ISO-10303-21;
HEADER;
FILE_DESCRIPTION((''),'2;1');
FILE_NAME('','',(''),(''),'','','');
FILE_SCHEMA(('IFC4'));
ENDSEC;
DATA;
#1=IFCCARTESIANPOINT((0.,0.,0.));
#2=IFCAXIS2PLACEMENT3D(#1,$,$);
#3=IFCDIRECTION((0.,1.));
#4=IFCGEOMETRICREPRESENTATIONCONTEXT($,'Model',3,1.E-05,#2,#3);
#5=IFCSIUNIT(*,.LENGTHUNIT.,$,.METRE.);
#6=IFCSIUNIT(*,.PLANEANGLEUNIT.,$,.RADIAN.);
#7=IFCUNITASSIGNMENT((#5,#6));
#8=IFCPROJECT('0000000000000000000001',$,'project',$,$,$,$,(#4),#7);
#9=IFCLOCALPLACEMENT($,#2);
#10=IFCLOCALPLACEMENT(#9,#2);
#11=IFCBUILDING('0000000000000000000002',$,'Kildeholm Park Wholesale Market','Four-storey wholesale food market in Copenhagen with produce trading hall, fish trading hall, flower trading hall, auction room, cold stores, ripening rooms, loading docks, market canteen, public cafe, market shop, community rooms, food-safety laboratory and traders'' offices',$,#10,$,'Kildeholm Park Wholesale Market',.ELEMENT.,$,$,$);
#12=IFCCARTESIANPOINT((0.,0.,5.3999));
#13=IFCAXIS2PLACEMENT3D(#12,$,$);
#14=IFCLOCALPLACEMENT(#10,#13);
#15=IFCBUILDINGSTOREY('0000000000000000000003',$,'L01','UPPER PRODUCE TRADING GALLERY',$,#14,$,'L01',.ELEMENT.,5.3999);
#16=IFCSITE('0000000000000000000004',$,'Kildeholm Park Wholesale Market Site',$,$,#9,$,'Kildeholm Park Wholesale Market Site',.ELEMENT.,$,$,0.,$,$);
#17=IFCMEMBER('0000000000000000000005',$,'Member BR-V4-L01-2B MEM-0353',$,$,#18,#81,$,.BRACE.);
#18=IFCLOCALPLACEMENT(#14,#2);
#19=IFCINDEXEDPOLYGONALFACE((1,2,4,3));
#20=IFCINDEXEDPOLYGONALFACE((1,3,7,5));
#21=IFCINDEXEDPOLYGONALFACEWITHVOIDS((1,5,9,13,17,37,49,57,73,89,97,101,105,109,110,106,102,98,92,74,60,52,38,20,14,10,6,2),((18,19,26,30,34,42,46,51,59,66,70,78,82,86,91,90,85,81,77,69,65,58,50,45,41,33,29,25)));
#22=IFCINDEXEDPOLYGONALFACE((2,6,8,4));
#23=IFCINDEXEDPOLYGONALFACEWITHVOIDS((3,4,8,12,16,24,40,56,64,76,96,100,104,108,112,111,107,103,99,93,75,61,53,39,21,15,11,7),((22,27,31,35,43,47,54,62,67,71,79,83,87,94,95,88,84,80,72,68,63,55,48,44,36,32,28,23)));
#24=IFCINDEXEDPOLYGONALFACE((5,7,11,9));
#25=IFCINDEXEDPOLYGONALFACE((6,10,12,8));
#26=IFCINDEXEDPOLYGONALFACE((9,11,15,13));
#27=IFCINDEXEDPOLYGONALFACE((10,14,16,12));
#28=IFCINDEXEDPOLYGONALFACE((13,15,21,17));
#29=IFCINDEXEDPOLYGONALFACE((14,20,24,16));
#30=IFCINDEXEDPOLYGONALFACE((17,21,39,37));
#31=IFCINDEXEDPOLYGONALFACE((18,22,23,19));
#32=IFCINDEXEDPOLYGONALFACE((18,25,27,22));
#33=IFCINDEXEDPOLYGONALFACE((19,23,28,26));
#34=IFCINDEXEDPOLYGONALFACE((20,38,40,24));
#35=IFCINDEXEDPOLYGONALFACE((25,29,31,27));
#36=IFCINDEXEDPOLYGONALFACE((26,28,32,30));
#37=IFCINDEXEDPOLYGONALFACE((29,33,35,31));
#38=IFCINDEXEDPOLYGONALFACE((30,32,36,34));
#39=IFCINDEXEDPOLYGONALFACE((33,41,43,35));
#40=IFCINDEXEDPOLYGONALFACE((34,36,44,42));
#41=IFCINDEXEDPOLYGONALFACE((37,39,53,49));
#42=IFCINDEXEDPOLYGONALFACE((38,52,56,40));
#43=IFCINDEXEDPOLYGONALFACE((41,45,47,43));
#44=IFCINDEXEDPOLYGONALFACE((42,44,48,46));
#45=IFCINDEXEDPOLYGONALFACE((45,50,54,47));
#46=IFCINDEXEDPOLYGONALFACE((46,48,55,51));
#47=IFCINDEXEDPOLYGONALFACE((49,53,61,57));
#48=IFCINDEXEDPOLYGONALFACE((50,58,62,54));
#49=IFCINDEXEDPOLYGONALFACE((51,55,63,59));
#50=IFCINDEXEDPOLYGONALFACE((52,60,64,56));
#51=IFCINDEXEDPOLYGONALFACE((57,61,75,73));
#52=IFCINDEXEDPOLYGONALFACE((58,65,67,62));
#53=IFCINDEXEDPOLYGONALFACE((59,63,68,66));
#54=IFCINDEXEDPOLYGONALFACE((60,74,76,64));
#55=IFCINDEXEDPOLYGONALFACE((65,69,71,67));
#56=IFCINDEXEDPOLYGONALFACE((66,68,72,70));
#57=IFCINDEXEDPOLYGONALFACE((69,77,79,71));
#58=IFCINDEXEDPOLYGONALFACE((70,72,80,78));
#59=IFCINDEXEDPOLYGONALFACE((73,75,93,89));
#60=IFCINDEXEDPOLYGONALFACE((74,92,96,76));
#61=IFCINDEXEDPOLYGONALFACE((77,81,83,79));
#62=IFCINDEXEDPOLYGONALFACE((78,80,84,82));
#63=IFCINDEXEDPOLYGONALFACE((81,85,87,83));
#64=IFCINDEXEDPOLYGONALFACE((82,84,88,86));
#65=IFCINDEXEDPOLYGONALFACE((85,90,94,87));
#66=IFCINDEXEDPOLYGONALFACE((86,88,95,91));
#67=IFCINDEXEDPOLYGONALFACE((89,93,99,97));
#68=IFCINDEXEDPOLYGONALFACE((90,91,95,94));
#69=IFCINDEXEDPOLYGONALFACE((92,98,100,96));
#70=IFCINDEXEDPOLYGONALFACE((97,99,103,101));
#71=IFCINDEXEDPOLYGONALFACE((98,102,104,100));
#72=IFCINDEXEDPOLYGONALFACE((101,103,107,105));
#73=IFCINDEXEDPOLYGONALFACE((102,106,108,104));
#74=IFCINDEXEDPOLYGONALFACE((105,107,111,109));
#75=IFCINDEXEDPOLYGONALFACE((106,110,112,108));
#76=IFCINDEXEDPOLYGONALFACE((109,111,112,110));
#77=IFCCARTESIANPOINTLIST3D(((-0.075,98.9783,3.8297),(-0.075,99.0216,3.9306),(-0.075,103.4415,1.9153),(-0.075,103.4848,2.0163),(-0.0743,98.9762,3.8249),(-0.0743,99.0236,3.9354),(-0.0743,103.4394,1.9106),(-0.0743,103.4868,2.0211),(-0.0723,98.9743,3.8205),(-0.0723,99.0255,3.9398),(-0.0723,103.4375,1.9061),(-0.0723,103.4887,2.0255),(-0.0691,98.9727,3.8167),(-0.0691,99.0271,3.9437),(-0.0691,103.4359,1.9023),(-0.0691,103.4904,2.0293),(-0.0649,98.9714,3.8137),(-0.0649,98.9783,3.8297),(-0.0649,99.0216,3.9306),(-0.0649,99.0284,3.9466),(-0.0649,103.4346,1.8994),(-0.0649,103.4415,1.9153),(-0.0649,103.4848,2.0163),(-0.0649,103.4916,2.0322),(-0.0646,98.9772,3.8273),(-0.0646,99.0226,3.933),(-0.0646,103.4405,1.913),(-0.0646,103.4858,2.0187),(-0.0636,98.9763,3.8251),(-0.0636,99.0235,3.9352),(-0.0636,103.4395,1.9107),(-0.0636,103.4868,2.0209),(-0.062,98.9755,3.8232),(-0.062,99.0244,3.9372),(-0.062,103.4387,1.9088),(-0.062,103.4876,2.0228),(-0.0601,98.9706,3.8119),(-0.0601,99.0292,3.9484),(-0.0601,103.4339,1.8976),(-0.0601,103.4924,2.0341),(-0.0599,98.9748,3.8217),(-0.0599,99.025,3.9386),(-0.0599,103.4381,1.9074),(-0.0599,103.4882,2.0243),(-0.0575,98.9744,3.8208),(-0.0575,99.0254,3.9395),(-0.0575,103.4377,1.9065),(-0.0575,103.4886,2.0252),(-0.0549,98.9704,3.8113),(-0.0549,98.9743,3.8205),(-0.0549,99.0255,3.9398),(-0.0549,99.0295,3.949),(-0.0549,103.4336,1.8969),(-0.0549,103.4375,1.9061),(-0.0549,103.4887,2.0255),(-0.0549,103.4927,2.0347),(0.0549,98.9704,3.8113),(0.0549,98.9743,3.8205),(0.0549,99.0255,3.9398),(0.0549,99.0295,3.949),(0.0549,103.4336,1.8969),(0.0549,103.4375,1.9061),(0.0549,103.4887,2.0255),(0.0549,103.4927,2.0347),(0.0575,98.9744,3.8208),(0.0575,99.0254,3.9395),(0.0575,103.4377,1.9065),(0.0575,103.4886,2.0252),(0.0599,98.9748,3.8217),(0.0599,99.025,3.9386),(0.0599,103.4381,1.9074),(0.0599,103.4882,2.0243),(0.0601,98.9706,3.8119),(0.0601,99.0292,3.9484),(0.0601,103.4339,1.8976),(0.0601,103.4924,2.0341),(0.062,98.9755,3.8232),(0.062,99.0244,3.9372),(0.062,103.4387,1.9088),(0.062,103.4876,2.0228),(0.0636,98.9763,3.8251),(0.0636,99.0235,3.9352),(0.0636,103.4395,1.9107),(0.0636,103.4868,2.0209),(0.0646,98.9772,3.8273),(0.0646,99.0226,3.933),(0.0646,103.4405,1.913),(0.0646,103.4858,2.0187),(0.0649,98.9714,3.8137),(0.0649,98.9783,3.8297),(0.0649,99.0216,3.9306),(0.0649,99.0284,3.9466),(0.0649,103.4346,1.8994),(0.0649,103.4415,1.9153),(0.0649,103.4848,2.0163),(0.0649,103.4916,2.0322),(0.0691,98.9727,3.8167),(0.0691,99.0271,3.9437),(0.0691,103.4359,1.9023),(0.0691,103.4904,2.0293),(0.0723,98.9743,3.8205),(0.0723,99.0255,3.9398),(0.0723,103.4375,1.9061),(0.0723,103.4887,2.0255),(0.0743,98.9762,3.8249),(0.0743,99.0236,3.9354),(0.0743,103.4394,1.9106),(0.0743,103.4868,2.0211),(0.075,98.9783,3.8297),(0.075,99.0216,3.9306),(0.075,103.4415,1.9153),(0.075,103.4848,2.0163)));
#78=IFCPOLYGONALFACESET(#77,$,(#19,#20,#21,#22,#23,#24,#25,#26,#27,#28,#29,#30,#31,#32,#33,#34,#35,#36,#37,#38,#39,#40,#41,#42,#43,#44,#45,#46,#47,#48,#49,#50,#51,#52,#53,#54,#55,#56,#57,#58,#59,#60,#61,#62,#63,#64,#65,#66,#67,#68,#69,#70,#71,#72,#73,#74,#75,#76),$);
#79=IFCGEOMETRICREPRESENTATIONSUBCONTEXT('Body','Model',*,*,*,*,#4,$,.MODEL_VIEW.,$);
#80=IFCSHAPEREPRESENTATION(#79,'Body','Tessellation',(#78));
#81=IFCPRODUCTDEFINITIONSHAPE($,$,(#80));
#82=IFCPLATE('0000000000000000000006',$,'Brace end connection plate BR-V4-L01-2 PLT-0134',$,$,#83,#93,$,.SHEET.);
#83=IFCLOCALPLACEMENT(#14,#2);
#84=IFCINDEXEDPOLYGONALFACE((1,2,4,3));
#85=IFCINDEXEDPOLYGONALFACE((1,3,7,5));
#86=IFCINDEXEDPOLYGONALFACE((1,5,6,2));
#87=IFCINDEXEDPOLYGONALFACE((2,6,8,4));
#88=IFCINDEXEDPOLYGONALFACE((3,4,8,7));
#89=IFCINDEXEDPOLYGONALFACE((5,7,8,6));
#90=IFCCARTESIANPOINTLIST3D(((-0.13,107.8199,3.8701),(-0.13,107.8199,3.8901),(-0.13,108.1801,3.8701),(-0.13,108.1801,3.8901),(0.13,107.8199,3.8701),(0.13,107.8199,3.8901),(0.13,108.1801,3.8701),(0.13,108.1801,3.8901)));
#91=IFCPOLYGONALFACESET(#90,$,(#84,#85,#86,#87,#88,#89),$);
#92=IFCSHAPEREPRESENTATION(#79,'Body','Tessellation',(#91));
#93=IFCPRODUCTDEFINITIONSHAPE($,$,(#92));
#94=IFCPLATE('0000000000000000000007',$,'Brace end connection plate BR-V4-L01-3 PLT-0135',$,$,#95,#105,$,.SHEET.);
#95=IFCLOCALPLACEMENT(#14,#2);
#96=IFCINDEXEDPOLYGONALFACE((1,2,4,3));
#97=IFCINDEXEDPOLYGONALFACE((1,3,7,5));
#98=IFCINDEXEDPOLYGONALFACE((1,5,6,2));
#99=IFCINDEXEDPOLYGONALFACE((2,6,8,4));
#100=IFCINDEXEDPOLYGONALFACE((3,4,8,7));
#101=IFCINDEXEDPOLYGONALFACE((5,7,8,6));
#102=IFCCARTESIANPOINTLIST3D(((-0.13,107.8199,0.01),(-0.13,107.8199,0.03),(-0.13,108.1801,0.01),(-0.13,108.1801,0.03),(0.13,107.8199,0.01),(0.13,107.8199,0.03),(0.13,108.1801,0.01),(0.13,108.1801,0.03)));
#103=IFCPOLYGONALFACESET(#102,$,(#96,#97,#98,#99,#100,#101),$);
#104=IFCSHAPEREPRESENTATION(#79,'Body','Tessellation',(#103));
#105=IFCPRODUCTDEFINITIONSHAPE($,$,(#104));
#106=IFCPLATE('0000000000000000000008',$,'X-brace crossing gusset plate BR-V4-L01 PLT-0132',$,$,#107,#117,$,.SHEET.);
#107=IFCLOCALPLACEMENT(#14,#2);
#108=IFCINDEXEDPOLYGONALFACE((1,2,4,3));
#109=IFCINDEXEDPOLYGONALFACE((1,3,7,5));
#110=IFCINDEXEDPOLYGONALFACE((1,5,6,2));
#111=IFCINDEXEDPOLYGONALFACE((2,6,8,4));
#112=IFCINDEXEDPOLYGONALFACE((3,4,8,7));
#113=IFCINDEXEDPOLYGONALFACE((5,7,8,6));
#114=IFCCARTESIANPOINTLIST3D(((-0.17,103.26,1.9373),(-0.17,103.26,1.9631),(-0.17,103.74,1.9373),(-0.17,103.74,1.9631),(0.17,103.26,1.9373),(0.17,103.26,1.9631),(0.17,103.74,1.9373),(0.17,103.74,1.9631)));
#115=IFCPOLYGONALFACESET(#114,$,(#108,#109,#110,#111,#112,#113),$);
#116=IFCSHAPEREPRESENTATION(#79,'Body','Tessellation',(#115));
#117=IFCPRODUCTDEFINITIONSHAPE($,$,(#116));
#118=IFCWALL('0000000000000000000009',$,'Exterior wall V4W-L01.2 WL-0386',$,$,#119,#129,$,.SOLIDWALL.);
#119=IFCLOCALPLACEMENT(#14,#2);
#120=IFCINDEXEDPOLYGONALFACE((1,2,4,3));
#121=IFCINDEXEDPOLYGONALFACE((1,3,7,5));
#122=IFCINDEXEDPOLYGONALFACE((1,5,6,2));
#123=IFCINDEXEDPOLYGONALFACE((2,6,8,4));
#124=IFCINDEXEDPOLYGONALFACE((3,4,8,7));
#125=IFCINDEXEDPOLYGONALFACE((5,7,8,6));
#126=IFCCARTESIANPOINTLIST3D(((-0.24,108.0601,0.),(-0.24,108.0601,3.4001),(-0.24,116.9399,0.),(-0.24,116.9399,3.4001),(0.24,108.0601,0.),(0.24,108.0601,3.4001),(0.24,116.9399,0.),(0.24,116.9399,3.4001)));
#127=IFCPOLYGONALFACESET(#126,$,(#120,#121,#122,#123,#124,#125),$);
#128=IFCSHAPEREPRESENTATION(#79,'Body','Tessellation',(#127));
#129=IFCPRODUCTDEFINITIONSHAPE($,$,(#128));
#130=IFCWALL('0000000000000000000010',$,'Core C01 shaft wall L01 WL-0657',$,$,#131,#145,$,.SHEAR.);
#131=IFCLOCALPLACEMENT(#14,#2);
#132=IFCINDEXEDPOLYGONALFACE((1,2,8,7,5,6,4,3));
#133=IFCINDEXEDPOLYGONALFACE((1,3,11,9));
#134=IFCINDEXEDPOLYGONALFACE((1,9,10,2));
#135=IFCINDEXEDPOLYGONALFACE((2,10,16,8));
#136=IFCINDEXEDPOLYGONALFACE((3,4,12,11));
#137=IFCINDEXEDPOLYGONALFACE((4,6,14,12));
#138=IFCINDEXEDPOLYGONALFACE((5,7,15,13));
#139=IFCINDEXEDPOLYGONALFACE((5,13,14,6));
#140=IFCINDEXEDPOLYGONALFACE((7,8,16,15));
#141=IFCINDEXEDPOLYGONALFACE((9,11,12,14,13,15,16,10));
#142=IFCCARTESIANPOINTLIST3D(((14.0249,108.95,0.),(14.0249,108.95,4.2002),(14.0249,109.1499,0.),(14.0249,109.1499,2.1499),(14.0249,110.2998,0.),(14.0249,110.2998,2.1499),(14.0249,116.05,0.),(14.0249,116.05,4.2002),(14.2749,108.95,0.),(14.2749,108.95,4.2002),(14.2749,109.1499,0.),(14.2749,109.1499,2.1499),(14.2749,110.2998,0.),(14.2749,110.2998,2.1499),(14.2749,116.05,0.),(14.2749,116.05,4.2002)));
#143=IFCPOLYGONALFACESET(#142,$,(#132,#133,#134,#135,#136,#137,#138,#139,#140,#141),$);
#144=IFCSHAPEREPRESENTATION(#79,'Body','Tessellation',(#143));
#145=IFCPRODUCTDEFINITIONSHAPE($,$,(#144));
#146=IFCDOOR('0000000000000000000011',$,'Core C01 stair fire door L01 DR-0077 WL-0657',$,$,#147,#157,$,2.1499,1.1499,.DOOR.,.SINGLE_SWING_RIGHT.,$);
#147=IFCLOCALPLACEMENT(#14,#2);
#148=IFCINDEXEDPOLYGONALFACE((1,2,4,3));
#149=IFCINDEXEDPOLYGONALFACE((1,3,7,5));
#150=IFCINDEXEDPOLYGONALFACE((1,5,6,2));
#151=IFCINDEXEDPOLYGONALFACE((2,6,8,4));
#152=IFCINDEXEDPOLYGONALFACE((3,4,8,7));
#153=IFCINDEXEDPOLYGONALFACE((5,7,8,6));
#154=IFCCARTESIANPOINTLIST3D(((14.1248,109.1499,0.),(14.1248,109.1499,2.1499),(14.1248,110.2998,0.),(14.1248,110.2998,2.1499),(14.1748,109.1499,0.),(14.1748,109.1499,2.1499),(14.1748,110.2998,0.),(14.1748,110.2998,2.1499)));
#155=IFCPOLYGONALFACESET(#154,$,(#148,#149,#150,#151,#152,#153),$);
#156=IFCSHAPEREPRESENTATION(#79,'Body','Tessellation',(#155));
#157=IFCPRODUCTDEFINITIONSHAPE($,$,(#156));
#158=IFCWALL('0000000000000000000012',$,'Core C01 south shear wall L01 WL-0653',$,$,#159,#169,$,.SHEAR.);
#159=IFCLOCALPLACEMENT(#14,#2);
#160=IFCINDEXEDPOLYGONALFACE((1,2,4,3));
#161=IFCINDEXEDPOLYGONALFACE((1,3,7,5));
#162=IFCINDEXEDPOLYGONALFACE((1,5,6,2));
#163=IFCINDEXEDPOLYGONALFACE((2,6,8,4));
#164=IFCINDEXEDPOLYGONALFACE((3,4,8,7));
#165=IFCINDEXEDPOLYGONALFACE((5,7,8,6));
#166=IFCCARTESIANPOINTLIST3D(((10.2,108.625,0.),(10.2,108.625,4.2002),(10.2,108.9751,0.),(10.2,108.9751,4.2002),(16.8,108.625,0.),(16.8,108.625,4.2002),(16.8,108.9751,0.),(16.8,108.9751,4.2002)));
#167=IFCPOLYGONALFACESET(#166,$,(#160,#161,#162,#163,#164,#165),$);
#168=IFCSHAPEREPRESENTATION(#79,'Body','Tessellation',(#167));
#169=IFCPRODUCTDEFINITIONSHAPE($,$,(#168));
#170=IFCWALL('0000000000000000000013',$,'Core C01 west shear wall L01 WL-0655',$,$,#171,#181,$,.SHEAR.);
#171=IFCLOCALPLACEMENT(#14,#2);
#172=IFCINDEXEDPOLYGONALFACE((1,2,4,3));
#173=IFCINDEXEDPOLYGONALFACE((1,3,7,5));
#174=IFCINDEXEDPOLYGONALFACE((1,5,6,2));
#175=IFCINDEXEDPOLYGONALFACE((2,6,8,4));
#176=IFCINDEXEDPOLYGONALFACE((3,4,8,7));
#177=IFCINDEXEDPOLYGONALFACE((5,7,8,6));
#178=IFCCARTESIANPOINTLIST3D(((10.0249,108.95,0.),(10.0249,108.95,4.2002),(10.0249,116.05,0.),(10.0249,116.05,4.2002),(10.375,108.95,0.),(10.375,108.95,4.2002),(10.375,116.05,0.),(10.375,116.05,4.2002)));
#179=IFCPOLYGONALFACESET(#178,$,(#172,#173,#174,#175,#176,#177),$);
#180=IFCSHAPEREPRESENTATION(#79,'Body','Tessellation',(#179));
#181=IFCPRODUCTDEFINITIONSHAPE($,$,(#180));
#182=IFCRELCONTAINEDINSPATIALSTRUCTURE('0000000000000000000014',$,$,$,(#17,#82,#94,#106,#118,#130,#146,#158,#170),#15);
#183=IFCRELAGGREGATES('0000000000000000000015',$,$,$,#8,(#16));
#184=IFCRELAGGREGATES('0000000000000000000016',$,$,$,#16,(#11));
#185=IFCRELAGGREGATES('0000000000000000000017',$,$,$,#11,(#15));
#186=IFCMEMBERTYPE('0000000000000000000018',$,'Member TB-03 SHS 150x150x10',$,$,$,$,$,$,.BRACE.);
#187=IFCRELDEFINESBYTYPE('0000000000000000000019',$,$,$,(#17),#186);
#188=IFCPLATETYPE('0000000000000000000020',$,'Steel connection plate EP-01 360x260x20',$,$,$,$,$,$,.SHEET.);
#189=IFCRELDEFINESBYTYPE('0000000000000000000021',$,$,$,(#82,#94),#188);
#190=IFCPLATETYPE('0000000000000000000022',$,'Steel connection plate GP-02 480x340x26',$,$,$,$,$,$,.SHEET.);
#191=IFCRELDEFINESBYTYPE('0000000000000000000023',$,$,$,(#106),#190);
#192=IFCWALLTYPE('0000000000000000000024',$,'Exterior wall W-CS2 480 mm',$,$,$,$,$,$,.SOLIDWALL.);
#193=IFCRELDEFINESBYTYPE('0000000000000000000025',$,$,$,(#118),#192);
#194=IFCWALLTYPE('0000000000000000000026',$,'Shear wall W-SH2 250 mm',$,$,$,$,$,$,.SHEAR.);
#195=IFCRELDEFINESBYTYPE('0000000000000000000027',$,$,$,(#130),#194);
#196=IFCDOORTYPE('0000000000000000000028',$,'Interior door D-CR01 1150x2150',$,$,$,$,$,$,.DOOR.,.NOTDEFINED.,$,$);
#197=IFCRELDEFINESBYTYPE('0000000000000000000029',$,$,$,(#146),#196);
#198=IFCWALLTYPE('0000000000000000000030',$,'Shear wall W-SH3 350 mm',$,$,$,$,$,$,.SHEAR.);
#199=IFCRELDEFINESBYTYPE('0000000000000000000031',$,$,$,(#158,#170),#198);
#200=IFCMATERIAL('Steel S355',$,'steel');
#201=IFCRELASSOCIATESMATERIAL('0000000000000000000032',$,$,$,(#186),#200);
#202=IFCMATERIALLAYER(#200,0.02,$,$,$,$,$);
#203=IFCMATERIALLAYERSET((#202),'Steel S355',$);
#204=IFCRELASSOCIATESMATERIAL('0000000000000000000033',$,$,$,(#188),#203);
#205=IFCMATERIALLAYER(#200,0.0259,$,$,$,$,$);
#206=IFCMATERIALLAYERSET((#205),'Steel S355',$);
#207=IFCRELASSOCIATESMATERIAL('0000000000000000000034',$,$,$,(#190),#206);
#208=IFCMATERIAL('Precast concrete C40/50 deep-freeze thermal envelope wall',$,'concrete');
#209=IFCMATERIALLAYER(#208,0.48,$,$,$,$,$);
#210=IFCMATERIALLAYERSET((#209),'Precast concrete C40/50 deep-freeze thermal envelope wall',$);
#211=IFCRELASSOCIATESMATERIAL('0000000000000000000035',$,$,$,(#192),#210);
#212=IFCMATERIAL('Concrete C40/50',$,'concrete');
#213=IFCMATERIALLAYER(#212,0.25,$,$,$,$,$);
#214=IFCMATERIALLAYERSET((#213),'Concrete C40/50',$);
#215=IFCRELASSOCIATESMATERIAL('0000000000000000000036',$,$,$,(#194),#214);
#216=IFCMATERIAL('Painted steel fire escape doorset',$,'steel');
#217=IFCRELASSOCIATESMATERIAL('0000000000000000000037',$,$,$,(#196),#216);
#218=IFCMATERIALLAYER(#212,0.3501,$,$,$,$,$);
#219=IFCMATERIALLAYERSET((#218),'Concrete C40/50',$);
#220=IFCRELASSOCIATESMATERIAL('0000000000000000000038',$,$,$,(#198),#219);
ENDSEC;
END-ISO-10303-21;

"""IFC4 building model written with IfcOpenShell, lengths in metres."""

from ifc_helpers import new_model, si_unit, direction, frame, frame_2d, origin, origin_2d, place, context, subcontext, project, spatial, rectangle, hollow_rectangle, extrude, material, layer, layer_set, material_profile, profile_set, type_object, element, fill, save


model = new_model("IFC4")

# Units and contexts
model_context = context("Model", 3, precision=1e-05, world=origin(), true_north=direction((0.0, 1.0)))
body_context = subcontext(model_context, "Body", "Model", "MODEL_VIEW")
ifc_project = project(units=[si_unit("LENGTHUNIT", "METRE"), si_unit("PLANEANGLEUNIT", "RADIAN")], contexts=[model_context])

# Site, building, storey
site_placement = place(None, origin())
site = spatial("IfcSite", under=ifc_project, at=site_placement, Name="Kildeholm Park Wholesale Market Site", LongName="Kildeholm Park Wholesale Market Site", CompositionType="ELEMENT", RefElevation=0.0)
building_placement = place(site_placement, origin())
building = spatial("IfcBuilding", under=site, at=building_placement, Name="Kildeholm Park Wholesale Market", Description="Four-storey wholesale food market in Copenhagen with produce trading hall, fish trading hall, flower trading hall, auction room, cold stores, ripening rooms, loading docks, market canteen, public cafe, market shop, community rooms, food-safety laboratory and traders' offices", LongName="Kildeholm Park Wholesale Market", CompositionType="ELEMENT")
storey_placement = place(building_placement, frame((0.0, 0.0, 5.3999)))
storey = spatial("IfcBuildingStorey", under=building, at=storey_placement, Name="L01", Description="UPPER PRODUCE TRADING GALLERY", LongName="L01", CompositionType="ELEMENT", Elevation=5.3999)

# Shared definitions
ifc_material_1 = material(Name="Concrete C40/50", Category="concrete")

# Shared definitions
ifc_material_2 = material(Name="Steel S355", Category="steel")

# Member
ifc_material_profile_1 = material_profile(ifc_material_2, hollow_rectangle(XDim=0.1499, YDim=0.1499, WallThickness=0.01, InnerFilletRadius=0.01, OuterFilletRadius=0.02, at=origin_2d()), Name="SHS 150x150x10")
ifc_profile_set_1 = profile_set([ifc_material_profile_1], Name="Steel S355")
member_type = type_object("IfcMemberType", Name="Member TB-03 SHS 150x150x10", PredefinedType="BRACE", material=ifc_profile_set_1)
for number, where, z_axis, x_axis, name in (
    (1, (0.0, 103.4631, 1.9658), (0.0, -0.919031, 0.394186), (1.0, 0.0, 0.0), "Member BR-V4-L01-2B MEM-0353"),
):
    element("IfcMember", number, at=place(storey_placement, frame(where, z_axis=z_axis, x_axis=x_axis)), inside=storey, type_object=member_type, Name=name, PredefinedType="BRACE", context=body_context, shape_type="SweptSolid", body=[
        extrude(hollow_rectangle(XDim=0.1499, YDim=0.1499, WallThickness=0.01, InnerFilletRadius=0.01, OuterFilletRadius=0.02, at=origin_2d()), origin(), (0.0, 0.0, 1.0), 4.8564),
    ])

# Plates
ifc_layer_1 = layer(ifc_material_2, 0.02)
ifc_layer_set_1 = layer_set([ifc_layer_1], Name="Steel S355")
plate_type_1 = type_object("IfcPlateType", Name="Steel connection plate EP-01 360x260x20", PredefinedType="SHEET", material=ifc_layer_set_1)
for number, where, z_axis, x_axis, name in (
    (2, (0.0, 108.0, 3.8701), (0.0, 0.0, 1.0), (0.0, 1.0, 0.0), "Brace end connection plate BR-V4-L01-2 PLT-0134"),
    (3, (0.0, 108.0, 0.01), (0.0, 0.0, 1.0), (0.0, 1.0, 0.0), "Brace end connection plate BR-V4-L01-3 PLT-0135"),
):
    element("IfcPlate", number, at=place(storey_placement, frame(where, z_axis=z_axis, x_axis=x_axis)), inside=storey, type_object=plate_type_1, Name=name, PredefinedType="SHEET", context=body_context, shape_type="SweptSolid", body=[
        extrude(rectangle(XDim=0.3601, YDim=0.26, at=origin_2d()), origin(), (0.0, 0.0, 1.0), 0.02),
    ])
ifc_layer_2 = layer(ifc_material_2, 0.0259)
ifc_layer_set_2 = layer_set([ifc_layer_2], Name="Steel S355")
plate_type_2 = type_object("IfcPlateType", Name="Steel connection plate GP-02 480x340x26", PredefinedType="SHEET", material=ifc_layer_set_2)
plate_placement = place(storey_placement, frame((0.0, 103.5, 1.9373), z_axis=(0.0, 0.0, 1.0), x_axis=(0.0, 1.0, 0.0)))
element("IfcPlate", 4, at=plate_placement, inside=storey, type_object=plate_type_2, Name="X-brace crossing gusset plate BR-V4-L01 PLT-0132", PredefinedType="SHEET", context=body_context, shape_type="SweptSolid", body=[
    extrude(rectangle(XDim=0.48, YDim=0.3401, at=origin_2d()), origin(), (0.0, 0.0, 1.0), 0.0259),
])

# Wall
ifc_material_3 = material(Name="Precast concrete C40/50 deep-freeze thermal envelope wall", Category="concrete")
ifc_layer_3 = layer(ifc_material_3, 0.48)
ifc_layer_set_3 = layer_set([ifc_layer_3], Name="Precast concrete C40/50 deep-freeze thermal envelope wall")
wall_type_1 = type_object("IfcWallType", Name="Exterior wall W-CS2 480 mm", PredefinedType="SOLIDWALL", material=ifc_layer_set_3)
wall_1_placement = place(storey_placement, frame((0.0, 108.0601, 0.0), z_axis=(0.0, 0.0, 1.0), x_axis=(0.0, 1.0, 0.0)))
element("IfcWall", 5, at=wall_1_placement, inside=storey, type_object=wall_type_1, Name="Exterior wall V4W-L01.2 WL-0386", PredefinedType="SOLIDWALL", context=body_context, shape_type="SweptSolid", body=[
    extrude(rectangle(XDim=8.8799, YDim=0.48, at=frame_2d((4.4399, 0.0))), origin(), (0.0, 0.0, 1.0), 3.4001),
])

# Wall, opening, door
ifc_layer_4 = layer(ifc_material_1, 0.25)
ifc_layer_set_4 = layer_set([ifc_layer_4], Name="Concrete C40/50")
wall_type_2 = type_object("IfcWallType", Name="Shear wall W-SH2 250 mm", PredefinedType="SHEAR", material=ifc_layer_set_4)
wall_2_placement = place(storey_placement, frame((14.1499, 108.95, 0.0), z_axis=(0.0, 0.0, 1.0), x_axis=(0.0, 1.0, 0.0)))
wall_2 = element("IfcWall", 6, at=wall_2_placement, inside=storey, type_object=wall_type_2, Name="Core C01 shaft wall L01 WL-0657", PredefinedType="SHEAR", context=body_context, shape_type="SweptSolid", body=[
    extrude(rectangle(XDim=7.1001, YDim=0.25, at=frame_2d((3.55, 0.0))), origin(), (0.0, 0.0, 1.0), 4.2002),
])
opening_placement = place(wall_2_placement, frame((0.2, 0.0, 0.0)))
opening = element("IfcOpeningElement", 7, at=opening_placement, cuts=wall_2, PredefinedType="OPENING", context=body_context, shape_type="SweptSolid", body=[
    extrude(rectangle(XDim=1.1499, YDim=2.1499, at=frame_2d((0.575, 1.075))), frame((0.0, 0.135, 0.0), z_axis=(0.0, -1.0, 0.0), x_axis=(1.0, 0.0, 0.0)), (0.0, 0.0, 1.0), 0.27),
])
ifc_material_4 = material(Name="Painted steel fire escape doorset", Category="steel")
door_type = type_object("IfcDoorType", Name="Interior door D-CR01 1150x2150", OperationType="NOTDEFINED", PredefinedType="DOOR", material=ifc_material_4)
door_placement = place(opening_placement, frame((1.1499, 0.0, 0.0), z_axis=(0.0, 0.0, 1.0), x_axis=(-1.0, 0.0, 0.0)))
door = element("IfcDoor", 8, at=door_placement, inside=storey, type_object=door_type, Name="Core C01 stair fire door L01 DR-0077 WL-0657", OperationType="SINGLE_SWING_RIGHT", OverallHeight=2.1499, OverallWidth=1.1499, PredefinedType="DOOR", context=body_context, shape_type="SweptSolid", body=[
    extrude(rectangle(XDim=1.1499, YDim=2.1499, at=frame_2d((0.575, 1.075))), frame((0.0, 0.0249, 0.0), z_axis=(0.0, -1.0, 0.0), x_axis=(1.0, 0.0, 0.0)), (0.0, 0.0, 1.0), 0.05),
])
fill(opening, door)

# Walls
ifc_layer_5 = layer(ifc_material_1, 0.3501)
ifc_layer_set_5 = layer_set([ifc_layer_5], Name="Concrete C40/50")
wall_type_3 = type_object("IfcWallType", Name="Shear wall W-SH3 350 mm", PredefinedType="SHEAR", material=ifc_layer_set_5)
wall_3_placement = place(storey_placement, frame((10.2, 108.8, 0.0), z_axis=(0.0, 0.0, 1.0), x_axis=(1.0, 0.0, 0.0)))
element("IfcWall", 9, at=wall_3_placement, inside=storey, type_object=wall_type_3, Name="Core C01 south shear wall L01 WL-0653", PredefinedType="SHEAR", context=body_context, shape_type="SweptSolid", body=[
    extrude(rectangle(XDim=6.6001, YDim=0.3501, at=frame_2d((3.3, 0.0))), origin(), (0.0, 0.0, 1.0), 4.2002),
])
wall_4_placement = place(storey_placement, frame((10.2, 108.95, 0.0), z_axis=(0.0, 0.0, 1.0), x_axis=(0.0, 1.0, 0.0)))
element("IfcWall", 10, at=wall_4_placement, inside=storey, type_object=wall_type_3, Name="Core C01 west shear wall L01 WL-0655", PredefinedType="SHEAR", context=body_context, shape_type="SweptSolid", body=[
    extrude(rectangle(XDim=7.1001, YDim=0.3501, at=frame_2d((3.55, 0.0))), origin(), (0.0, 0.0, 1.0), 4.2002),
])

save(model, "model.ifc")
